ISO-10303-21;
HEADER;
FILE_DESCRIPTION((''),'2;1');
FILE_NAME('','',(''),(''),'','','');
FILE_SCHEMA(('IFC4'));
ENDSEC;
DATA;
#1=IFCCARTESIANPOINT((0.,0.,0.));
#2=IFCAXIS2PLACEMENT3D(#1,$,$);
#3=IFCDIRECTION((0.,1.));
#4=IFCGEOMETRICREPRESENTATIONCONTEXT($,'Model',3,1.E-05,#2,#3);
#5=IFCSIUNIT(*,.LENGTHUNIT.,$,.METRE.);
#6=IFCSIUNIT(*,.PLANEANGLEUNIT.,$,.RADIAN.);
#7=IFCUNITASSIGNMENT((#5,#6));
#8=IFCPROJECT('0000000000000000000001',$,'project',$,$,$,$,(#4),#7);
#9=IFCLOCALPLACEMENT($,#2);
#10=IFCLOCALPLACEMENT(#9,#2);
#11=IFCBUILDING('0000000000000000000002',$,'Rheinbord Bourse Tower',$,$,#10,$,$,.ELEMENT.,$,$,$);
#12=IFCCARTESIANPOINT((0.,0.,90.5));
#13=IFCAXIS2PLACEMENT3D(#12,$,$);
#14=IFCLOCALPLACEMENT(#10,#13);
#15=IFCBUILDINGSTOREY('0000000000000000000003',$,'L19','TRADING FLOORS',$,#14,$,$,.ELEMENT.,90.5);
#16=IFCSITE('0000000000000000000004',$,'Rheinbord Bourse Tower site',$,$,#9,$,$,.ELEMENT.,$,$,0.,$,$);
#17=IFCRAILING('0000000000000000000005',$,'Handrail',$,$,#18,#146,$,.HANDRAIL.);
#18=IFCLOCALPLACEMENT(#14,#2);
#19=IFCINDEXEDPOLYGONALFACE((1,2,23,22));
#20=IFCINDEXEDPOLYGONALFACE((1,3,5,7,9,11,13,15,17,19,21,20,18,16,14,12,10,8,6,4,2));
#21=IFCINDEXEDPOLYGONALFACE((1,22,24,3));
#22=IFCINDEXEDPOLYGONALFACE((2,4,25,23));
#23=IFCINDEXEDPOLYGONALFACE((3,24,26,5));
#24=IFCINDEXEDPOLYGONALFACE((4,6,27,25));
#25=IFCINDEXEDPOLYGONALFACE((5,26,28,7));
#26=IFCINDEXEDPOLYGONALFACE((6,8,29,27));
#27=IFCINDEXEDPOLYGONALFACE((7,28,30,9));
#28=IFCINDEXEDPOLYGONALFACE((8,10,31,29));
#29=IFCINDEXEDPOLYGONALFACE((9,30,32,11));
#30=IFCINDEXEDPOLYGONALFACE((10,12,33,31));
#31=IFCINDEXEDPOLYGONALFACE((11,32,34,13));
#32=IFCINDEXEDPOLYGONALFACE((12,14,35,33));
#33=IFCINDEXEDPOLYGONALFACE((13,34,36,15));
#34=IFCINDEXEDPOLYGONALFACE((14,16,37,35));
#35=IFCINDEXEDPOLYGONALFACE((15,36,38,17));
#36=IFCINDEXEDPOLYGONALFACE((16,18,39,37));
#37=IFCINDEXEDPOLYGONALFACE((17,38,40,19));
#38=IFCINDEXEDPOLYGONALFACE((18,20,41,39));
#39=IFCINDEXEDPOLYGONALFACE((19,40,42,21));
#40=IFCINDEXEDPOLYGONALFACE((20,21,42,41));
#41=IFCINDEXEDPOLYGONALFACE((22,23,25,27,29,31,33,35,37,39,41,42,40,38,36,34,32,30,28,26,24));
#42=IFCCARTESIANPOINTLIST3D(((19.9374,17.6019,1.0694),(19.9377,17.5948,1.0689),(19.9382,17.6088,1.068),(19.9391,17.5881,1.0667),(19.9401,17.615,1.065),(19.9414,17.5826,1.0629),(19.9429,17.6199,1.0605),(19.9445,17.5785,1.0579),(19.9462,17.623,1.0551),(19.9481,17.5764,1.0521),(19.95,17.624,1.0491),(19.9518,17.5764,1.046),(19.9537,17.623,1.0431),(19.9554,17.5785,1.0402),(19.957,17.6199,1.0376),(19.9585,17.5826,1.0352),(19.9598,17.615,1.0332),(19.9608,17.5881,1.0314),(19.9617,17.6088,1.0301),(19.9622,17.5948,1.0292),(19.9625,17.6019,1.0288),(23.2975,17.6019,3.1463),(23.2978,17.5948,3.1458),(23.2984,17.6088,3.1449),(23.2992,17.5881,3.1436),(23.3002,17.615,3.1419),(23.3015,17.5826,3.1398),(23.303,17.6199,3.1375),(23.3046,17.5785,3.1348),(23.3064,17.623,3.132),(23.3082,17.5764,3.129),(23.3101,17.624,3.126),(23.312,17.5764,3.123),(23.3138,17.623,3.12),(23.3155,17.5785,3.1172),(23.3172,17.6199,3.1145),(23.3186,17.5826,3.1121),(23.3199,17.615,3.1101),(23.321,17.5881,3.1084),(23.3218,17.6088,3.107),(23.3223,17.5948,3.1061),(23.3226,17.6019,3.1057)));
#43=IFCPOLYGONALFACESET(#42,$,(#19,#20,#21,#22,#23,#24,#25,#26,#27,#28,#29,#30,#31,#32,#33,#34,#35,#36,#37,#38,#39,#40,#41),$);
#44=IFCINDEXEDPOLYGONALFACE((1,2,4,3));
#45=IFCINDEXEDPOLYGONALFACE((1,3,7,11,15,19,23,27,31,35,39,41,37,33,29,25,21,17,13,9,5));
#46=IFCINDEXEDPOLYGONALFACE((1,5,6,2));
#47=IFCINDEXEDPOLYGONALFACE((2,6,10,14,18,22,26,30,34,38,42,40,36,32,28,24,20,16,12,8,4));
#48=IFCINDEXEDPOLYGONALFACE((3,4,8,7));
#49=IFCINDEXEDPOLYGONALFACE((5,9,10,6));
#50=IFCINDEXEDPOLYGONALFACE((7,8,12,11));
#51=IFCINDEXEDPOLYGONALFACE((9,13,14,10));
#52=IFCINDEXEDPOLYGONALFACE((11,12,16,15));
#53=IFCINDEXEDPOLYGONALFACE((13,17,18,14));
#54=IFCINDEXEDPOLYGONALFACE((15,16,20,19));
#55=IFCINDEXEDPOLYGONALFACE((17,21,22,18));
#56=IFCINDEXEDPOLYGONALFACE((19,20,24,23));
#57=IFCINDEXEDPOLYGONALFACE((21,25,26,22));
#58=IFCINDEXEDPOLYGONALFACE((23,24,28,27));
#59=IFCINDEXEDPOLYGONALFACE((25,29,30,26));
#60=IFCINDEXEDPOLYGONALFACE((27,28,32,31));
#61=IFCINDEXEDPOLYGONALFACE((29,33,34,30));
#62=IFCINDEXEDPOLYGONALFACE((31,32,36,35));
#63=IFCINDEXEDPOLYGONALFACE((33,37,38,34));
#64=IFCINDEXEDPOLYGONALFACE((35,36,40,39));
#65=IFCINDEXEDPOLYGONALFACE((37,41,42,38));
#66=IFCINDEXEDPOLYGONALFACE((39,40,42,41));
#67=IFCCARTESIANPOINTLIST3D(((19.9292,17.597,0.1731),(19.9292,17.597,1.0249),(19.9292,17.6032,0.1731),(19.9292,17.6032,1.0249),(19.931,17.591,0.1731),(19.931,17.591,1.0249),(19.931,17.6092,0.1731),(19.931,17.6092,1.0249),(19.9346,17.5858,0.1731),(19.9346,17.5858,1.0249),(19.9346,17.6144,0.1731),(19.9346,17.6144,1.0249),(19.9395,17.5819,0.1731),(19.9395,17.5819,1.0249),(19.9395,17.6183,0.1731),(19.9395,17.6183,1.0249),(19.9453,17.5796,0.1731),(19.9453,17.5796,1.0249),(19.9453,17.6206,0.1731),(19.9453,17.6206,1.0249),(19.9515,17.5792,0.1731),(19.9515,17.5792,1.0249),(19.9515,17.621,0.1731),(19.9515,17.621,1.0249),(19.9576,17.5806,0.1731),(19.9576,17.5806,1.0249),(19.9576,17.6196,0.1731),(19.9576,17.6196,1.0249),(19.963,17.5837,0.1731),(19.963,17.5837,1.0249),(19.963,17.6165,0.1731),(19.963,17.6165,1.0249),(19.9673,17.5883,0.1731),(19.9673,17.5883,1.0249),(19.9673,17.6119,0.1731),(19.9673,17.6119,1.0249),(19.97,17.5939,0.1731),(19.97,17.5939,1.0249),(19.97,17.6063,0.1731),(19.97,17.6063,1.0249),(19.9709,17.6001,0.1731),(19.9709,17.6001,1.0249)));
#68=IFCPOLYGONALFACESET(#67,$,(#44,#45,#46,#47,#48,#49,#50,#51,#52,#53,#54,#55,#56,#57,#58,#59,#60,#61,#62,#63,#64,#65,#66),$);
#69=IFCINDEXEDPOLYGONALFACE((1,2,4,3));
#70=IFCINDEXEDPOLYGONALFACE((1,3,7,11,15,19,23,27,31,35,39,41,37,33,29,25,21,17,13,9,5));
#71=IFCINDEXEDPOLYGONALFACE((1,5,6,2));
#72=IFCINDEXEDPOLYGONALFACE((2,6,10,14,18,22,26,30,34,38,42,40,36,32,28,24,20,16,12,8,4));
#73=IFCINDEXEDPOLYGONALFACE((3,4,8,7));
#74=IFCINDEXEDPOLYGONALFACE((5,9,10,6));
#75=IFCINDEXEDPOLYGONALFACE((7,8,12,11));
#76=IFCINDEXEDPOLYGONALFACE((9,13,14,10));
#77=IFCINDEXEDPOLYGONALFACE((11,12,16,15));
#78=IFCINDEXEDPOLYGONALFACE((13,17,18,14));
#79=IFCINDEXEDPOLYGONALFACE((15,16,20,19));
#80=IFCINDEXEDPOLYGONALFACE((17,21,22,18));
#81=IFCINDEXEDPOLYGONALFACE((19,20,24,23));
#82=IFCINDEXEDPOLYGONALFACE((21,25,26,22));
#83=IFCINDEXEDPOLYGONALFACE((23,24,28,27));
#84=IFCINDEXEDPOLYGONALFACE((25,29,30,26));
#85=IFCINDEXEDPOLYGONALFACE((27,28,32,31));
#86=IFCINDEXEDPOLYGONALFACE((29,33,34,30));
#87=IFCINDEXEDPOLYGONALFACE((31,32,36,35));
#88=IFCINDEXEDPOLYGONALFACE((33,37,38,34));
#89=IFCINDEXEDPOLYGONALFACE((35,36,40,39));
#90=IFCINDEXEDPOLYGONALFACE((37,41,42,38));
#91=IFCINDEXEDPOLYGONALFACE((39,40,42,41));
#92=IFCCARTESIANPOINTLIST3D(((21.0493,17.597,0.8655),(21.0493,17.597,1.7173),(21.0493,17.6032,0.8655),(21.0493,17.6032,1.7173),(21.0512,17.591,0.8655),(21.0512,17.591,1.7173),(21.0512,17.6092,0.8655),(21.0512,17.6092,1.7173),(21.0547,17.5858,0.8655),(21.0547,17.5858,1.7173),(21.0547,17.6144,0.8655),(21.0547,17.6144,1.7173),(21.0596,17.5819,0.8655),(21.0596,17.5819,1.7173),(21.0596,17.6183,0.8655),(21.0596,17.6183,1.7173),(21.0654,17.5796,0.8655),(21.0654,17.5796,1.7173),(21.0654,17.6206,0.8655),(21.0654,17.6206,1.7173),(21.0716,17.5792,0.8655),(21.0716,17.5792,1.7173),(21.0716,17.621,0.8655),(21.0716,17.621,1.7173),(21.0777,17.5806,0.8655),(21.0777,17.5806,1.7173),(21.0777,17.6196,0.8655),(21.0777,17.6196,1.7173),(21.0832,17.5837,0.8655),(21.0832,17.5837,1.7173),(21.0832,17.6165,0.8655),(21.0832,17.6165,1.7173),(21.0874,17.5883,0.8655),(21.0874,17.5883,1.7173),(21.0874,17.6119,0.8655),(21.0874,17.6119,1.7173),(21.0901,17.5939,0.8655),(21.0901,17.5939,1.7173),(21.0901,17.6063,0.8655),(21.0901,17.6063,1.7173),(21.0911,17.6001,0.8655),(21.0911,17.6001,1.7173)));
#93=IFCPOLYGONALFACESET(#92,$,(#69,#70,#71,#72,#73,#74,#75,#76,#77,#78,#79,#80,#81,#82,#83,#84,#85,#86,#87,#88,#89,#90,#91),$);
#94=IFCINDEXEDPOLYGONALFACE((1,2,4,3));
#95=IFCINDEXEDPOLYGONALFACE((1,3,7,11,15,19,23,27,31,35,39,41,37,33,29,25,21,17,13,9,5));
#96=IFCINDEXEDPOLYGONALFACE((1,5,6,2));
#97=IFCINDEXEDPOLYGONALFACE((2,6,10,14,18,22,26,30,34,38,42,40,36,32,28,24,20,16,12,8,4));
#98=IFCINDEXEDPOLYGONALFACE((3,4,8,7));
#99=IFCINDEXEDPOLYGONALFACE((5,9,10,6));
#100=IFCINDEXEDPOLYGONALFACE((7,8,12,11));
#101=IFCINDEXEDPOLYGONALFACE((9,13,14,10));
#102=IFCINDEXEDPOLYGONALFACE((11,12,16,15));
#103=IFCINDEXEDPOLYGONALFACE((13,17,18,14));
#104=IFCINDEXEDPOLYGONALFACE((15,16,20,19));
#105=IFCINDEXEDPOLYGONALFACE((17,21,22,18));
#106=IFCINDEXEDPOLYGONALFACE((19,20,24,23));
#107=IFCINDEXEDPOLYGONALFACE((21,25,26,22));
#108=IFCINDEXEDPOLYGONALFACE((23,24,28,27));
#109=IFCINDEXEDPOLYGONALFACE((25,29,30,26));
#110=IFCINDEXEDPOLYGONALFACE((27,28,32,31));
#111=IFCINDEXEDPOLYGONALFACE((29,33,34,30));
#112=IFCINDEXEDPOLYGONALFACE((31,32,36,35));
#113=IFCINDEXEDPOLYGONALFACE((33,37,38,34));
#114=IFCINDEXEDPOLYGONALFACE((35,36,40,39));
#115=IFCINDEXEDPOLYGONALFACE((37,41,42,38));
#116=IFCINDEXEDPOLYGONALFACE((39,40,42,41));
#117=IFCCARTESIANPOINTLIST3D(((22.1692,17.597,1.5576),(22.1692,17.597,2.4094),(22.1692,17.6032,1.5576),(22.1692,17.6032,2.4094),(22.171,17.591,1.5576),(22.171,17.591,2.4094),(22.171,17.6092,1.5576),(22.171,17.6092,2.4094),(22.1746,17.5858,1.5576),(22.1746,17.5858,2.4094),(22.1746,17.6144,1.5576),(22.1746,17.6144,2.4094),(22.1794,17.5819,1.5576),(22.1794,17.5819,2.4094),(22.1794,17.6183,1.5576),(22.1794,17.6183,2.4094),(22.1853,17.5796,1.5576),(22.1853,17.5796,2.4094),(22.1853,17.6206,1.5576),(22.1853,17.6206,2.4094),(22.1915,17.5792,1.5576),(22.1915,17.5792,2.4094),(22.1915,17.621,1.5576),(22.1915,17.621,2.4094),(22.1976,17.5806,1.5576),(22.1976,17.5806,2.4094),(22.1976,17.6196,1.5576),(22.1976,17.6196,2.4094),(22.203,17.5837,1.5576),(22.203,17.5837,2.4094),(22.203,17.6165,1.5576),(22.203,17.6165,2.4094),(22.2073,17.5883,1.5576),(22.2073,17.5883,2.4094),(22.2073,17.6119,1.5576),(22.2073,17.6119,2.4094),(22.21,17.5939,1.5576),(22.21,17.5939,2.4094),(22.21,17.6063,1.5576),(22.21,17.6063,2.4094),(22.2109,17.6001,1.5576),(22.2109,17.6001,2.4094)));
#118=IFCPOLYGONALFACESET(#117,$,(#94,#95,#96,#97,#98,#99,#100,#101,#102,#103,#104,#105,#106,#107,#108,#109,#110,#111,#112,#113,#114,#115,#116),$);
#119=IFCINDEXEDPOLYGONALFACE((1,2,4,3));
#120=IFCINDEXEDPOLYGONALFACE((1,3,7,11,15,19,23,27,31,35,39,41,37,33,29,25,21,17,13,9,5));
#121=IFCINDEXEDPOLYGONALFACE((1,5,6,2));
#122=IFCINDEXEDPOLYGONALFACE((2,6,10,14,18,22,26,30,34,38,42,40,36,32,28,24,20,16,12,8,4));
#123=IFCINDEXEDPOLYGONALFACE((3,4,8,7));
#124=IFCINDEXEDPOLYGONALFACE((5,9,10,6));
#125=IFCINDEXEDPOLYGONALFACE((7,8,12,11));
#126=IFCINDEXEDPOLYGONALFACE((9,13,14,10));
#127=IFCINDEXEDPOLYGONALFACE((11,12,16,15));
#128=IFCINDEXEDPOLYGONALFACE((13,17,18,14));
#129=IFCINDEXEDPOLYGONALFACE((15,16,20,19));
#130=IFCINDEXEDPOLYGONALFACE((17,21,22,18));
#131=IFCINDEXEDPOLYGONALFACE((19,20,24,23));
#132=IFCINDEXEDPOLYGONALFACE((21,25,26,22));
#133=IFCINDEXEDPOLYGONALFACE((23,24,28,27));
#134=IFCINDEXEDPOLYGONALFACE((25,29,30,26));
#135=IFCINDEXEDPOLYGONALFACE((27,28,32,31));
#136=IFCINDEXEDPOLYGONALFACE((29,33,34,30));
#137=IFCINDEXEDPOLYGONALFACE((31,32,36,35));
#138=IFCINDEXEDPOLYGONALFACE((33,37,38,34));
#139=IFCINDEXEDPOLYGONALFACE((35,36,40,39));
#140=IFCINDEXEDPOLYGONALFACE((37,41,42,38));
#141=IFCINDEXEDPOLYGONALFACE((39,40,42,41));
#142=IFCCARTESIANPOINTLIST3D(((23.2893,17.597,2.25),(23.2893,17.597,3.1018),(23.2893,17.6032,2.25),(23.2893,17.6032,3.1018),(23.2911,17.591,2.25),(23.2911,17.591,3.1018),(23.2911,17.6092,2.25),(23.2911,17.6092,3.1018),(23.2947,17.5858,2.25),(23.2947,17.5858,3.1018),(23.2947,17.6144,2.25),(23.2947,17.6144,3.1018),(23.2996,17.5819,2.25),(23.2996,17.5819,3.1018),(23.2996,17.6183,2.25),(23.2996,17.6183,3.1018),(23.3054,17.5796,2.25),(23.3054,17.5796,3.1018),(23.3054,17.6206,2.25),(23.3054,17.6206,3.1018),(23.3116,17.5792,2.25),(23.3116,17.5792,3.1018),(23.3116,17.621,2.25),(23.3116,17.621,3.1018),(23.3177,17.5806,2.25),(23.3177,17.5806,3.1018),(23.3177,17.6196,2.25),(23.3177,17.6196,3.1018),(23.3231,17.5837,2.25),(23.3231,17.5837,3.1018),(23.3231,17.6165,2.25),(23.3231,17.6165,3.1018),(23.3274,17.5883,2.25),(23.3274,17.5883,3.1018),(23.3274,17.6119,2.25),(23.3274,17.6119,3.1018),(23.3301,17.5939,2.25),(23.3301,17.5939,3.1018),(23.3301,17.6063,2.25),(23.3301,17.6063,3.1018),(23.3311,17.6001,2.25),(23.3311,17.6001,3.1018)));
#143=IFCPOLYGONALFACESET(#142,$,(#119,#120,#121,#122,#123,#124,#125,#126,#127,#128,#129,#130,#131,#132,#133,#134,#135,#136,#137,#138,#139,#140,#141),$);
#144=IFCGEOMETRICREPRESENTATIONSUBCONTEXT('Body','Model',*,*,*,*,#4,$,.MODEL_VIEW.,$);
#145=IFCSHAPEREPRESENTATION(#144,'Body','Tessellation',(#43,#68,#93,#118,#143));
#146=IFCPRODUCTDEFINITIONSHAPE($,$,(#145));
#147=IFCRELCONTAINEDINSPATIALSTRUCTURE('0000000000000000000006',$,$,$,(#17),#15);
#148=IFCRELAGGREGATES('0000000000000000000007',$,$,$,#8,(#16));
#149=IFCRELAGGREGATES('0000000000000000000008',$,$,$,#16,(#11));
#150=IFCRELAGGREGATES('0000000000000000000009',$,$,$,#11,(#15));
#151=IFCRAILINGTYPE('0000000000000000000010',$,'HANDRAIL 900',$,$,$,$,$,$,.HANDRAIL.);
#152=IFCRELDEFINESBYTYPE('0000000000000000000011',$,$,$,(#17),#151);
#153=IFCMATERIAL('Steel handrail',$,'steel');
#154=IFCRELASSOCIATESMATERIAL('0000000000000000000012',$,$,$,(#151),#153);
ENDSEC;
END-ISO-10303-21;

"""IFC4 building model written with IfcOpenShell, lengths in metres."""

from ifc_helpers import new_model, si_unit, direction, frame, origin, origin_2d, place, context, subcontext, project, spatial, circle, extrude, material, type_object, element, save


model = new_model("IFC4")

# Units and contexts
model_context = context("Model", 3, precision=1e-05, world=origin(), true_north=direction((0.0, 1.0)))
body_context = subcontext(model_context, "Body", "Model", "MODEL_VIEW")
ifc_project = project(units=[si_unit("LENGTHUNIT", "METRE"), si_unit("PLANEANGLEUNIT", "RADIAN")], contexts=[model_context])

# Site, building, storey
site_placement = place(None, origin())
site = spatial("IfcSite", under=ifc_project, at=site_placement, Name="Rheinbord Bourse Tower site", CompositionType="ELEMENT", RefElevation=0.0)
building_placement = place(site_placement, origin())
building = spatial("IfcBuilding", under=site, at=building_placement, Name="Rheinbord Bourse Tower", CompositionType="ELEMENT")
storey_placement = place(building_placement, frame((0.0, 0.0, 90.5)))
storey = spatial("IfcBuildingStorey", under=building, at=storey_placement, Name="L19", Description="TRADING FLOORS", CompositionType="ELEMENT", Elevation=90.5)

# Railing
ifc_material_1 = material(Name="Steel handrail", Category="steel")
railing_type = type_object("IfcRailingType", Name="HANDRAIL 900", PredefinedType="HANDRAIL", material=ifc_material_1)
railing_1_placement = place(storey_placement, frame((19.95, 17.6001, 0.1731)))
element("IfcRailing", 1, at=railing_1_placement, inside=storey, type_object=railing_type, Name="Handrail", PredefinedType="HANDRAIL", context=body_context, shape_type="SweptSolid", body=[
    extrude(circle(Radius=0.0239, at=origin_2d()), frame((0.0, 0.0, 0.876), z_axis=(0.850623, 0.0, 0.525776), x_axis=(0.0, 1.0, 0.0)), (0.0, 0.0, 1.0), 3.9502),
    extrude(circle(Radius=0.021, at=origin_2d()), origin(), (0.0, 0.0, 1.0), 0.8518),
    extrude(circle(Radius=0.021, at=origin_2d()), frame((1.1201, 0.0, 0.6924)), (0.0, 0.0, 1.0), 0.8518),
    extrude(circle(Radius=0.021, at=origin_2d()), frame((2.24, 0.0, 1.3845)), (0.0, 0.0, 1.0), 0.8518),
    extrude(circle(Radius=0.021, at=origin_2d()), frame((3.3601, 0.0, 2.0769)), (0.0, 0.0, 1.0), 0.8518),
])

save(model, "model.ifc")
